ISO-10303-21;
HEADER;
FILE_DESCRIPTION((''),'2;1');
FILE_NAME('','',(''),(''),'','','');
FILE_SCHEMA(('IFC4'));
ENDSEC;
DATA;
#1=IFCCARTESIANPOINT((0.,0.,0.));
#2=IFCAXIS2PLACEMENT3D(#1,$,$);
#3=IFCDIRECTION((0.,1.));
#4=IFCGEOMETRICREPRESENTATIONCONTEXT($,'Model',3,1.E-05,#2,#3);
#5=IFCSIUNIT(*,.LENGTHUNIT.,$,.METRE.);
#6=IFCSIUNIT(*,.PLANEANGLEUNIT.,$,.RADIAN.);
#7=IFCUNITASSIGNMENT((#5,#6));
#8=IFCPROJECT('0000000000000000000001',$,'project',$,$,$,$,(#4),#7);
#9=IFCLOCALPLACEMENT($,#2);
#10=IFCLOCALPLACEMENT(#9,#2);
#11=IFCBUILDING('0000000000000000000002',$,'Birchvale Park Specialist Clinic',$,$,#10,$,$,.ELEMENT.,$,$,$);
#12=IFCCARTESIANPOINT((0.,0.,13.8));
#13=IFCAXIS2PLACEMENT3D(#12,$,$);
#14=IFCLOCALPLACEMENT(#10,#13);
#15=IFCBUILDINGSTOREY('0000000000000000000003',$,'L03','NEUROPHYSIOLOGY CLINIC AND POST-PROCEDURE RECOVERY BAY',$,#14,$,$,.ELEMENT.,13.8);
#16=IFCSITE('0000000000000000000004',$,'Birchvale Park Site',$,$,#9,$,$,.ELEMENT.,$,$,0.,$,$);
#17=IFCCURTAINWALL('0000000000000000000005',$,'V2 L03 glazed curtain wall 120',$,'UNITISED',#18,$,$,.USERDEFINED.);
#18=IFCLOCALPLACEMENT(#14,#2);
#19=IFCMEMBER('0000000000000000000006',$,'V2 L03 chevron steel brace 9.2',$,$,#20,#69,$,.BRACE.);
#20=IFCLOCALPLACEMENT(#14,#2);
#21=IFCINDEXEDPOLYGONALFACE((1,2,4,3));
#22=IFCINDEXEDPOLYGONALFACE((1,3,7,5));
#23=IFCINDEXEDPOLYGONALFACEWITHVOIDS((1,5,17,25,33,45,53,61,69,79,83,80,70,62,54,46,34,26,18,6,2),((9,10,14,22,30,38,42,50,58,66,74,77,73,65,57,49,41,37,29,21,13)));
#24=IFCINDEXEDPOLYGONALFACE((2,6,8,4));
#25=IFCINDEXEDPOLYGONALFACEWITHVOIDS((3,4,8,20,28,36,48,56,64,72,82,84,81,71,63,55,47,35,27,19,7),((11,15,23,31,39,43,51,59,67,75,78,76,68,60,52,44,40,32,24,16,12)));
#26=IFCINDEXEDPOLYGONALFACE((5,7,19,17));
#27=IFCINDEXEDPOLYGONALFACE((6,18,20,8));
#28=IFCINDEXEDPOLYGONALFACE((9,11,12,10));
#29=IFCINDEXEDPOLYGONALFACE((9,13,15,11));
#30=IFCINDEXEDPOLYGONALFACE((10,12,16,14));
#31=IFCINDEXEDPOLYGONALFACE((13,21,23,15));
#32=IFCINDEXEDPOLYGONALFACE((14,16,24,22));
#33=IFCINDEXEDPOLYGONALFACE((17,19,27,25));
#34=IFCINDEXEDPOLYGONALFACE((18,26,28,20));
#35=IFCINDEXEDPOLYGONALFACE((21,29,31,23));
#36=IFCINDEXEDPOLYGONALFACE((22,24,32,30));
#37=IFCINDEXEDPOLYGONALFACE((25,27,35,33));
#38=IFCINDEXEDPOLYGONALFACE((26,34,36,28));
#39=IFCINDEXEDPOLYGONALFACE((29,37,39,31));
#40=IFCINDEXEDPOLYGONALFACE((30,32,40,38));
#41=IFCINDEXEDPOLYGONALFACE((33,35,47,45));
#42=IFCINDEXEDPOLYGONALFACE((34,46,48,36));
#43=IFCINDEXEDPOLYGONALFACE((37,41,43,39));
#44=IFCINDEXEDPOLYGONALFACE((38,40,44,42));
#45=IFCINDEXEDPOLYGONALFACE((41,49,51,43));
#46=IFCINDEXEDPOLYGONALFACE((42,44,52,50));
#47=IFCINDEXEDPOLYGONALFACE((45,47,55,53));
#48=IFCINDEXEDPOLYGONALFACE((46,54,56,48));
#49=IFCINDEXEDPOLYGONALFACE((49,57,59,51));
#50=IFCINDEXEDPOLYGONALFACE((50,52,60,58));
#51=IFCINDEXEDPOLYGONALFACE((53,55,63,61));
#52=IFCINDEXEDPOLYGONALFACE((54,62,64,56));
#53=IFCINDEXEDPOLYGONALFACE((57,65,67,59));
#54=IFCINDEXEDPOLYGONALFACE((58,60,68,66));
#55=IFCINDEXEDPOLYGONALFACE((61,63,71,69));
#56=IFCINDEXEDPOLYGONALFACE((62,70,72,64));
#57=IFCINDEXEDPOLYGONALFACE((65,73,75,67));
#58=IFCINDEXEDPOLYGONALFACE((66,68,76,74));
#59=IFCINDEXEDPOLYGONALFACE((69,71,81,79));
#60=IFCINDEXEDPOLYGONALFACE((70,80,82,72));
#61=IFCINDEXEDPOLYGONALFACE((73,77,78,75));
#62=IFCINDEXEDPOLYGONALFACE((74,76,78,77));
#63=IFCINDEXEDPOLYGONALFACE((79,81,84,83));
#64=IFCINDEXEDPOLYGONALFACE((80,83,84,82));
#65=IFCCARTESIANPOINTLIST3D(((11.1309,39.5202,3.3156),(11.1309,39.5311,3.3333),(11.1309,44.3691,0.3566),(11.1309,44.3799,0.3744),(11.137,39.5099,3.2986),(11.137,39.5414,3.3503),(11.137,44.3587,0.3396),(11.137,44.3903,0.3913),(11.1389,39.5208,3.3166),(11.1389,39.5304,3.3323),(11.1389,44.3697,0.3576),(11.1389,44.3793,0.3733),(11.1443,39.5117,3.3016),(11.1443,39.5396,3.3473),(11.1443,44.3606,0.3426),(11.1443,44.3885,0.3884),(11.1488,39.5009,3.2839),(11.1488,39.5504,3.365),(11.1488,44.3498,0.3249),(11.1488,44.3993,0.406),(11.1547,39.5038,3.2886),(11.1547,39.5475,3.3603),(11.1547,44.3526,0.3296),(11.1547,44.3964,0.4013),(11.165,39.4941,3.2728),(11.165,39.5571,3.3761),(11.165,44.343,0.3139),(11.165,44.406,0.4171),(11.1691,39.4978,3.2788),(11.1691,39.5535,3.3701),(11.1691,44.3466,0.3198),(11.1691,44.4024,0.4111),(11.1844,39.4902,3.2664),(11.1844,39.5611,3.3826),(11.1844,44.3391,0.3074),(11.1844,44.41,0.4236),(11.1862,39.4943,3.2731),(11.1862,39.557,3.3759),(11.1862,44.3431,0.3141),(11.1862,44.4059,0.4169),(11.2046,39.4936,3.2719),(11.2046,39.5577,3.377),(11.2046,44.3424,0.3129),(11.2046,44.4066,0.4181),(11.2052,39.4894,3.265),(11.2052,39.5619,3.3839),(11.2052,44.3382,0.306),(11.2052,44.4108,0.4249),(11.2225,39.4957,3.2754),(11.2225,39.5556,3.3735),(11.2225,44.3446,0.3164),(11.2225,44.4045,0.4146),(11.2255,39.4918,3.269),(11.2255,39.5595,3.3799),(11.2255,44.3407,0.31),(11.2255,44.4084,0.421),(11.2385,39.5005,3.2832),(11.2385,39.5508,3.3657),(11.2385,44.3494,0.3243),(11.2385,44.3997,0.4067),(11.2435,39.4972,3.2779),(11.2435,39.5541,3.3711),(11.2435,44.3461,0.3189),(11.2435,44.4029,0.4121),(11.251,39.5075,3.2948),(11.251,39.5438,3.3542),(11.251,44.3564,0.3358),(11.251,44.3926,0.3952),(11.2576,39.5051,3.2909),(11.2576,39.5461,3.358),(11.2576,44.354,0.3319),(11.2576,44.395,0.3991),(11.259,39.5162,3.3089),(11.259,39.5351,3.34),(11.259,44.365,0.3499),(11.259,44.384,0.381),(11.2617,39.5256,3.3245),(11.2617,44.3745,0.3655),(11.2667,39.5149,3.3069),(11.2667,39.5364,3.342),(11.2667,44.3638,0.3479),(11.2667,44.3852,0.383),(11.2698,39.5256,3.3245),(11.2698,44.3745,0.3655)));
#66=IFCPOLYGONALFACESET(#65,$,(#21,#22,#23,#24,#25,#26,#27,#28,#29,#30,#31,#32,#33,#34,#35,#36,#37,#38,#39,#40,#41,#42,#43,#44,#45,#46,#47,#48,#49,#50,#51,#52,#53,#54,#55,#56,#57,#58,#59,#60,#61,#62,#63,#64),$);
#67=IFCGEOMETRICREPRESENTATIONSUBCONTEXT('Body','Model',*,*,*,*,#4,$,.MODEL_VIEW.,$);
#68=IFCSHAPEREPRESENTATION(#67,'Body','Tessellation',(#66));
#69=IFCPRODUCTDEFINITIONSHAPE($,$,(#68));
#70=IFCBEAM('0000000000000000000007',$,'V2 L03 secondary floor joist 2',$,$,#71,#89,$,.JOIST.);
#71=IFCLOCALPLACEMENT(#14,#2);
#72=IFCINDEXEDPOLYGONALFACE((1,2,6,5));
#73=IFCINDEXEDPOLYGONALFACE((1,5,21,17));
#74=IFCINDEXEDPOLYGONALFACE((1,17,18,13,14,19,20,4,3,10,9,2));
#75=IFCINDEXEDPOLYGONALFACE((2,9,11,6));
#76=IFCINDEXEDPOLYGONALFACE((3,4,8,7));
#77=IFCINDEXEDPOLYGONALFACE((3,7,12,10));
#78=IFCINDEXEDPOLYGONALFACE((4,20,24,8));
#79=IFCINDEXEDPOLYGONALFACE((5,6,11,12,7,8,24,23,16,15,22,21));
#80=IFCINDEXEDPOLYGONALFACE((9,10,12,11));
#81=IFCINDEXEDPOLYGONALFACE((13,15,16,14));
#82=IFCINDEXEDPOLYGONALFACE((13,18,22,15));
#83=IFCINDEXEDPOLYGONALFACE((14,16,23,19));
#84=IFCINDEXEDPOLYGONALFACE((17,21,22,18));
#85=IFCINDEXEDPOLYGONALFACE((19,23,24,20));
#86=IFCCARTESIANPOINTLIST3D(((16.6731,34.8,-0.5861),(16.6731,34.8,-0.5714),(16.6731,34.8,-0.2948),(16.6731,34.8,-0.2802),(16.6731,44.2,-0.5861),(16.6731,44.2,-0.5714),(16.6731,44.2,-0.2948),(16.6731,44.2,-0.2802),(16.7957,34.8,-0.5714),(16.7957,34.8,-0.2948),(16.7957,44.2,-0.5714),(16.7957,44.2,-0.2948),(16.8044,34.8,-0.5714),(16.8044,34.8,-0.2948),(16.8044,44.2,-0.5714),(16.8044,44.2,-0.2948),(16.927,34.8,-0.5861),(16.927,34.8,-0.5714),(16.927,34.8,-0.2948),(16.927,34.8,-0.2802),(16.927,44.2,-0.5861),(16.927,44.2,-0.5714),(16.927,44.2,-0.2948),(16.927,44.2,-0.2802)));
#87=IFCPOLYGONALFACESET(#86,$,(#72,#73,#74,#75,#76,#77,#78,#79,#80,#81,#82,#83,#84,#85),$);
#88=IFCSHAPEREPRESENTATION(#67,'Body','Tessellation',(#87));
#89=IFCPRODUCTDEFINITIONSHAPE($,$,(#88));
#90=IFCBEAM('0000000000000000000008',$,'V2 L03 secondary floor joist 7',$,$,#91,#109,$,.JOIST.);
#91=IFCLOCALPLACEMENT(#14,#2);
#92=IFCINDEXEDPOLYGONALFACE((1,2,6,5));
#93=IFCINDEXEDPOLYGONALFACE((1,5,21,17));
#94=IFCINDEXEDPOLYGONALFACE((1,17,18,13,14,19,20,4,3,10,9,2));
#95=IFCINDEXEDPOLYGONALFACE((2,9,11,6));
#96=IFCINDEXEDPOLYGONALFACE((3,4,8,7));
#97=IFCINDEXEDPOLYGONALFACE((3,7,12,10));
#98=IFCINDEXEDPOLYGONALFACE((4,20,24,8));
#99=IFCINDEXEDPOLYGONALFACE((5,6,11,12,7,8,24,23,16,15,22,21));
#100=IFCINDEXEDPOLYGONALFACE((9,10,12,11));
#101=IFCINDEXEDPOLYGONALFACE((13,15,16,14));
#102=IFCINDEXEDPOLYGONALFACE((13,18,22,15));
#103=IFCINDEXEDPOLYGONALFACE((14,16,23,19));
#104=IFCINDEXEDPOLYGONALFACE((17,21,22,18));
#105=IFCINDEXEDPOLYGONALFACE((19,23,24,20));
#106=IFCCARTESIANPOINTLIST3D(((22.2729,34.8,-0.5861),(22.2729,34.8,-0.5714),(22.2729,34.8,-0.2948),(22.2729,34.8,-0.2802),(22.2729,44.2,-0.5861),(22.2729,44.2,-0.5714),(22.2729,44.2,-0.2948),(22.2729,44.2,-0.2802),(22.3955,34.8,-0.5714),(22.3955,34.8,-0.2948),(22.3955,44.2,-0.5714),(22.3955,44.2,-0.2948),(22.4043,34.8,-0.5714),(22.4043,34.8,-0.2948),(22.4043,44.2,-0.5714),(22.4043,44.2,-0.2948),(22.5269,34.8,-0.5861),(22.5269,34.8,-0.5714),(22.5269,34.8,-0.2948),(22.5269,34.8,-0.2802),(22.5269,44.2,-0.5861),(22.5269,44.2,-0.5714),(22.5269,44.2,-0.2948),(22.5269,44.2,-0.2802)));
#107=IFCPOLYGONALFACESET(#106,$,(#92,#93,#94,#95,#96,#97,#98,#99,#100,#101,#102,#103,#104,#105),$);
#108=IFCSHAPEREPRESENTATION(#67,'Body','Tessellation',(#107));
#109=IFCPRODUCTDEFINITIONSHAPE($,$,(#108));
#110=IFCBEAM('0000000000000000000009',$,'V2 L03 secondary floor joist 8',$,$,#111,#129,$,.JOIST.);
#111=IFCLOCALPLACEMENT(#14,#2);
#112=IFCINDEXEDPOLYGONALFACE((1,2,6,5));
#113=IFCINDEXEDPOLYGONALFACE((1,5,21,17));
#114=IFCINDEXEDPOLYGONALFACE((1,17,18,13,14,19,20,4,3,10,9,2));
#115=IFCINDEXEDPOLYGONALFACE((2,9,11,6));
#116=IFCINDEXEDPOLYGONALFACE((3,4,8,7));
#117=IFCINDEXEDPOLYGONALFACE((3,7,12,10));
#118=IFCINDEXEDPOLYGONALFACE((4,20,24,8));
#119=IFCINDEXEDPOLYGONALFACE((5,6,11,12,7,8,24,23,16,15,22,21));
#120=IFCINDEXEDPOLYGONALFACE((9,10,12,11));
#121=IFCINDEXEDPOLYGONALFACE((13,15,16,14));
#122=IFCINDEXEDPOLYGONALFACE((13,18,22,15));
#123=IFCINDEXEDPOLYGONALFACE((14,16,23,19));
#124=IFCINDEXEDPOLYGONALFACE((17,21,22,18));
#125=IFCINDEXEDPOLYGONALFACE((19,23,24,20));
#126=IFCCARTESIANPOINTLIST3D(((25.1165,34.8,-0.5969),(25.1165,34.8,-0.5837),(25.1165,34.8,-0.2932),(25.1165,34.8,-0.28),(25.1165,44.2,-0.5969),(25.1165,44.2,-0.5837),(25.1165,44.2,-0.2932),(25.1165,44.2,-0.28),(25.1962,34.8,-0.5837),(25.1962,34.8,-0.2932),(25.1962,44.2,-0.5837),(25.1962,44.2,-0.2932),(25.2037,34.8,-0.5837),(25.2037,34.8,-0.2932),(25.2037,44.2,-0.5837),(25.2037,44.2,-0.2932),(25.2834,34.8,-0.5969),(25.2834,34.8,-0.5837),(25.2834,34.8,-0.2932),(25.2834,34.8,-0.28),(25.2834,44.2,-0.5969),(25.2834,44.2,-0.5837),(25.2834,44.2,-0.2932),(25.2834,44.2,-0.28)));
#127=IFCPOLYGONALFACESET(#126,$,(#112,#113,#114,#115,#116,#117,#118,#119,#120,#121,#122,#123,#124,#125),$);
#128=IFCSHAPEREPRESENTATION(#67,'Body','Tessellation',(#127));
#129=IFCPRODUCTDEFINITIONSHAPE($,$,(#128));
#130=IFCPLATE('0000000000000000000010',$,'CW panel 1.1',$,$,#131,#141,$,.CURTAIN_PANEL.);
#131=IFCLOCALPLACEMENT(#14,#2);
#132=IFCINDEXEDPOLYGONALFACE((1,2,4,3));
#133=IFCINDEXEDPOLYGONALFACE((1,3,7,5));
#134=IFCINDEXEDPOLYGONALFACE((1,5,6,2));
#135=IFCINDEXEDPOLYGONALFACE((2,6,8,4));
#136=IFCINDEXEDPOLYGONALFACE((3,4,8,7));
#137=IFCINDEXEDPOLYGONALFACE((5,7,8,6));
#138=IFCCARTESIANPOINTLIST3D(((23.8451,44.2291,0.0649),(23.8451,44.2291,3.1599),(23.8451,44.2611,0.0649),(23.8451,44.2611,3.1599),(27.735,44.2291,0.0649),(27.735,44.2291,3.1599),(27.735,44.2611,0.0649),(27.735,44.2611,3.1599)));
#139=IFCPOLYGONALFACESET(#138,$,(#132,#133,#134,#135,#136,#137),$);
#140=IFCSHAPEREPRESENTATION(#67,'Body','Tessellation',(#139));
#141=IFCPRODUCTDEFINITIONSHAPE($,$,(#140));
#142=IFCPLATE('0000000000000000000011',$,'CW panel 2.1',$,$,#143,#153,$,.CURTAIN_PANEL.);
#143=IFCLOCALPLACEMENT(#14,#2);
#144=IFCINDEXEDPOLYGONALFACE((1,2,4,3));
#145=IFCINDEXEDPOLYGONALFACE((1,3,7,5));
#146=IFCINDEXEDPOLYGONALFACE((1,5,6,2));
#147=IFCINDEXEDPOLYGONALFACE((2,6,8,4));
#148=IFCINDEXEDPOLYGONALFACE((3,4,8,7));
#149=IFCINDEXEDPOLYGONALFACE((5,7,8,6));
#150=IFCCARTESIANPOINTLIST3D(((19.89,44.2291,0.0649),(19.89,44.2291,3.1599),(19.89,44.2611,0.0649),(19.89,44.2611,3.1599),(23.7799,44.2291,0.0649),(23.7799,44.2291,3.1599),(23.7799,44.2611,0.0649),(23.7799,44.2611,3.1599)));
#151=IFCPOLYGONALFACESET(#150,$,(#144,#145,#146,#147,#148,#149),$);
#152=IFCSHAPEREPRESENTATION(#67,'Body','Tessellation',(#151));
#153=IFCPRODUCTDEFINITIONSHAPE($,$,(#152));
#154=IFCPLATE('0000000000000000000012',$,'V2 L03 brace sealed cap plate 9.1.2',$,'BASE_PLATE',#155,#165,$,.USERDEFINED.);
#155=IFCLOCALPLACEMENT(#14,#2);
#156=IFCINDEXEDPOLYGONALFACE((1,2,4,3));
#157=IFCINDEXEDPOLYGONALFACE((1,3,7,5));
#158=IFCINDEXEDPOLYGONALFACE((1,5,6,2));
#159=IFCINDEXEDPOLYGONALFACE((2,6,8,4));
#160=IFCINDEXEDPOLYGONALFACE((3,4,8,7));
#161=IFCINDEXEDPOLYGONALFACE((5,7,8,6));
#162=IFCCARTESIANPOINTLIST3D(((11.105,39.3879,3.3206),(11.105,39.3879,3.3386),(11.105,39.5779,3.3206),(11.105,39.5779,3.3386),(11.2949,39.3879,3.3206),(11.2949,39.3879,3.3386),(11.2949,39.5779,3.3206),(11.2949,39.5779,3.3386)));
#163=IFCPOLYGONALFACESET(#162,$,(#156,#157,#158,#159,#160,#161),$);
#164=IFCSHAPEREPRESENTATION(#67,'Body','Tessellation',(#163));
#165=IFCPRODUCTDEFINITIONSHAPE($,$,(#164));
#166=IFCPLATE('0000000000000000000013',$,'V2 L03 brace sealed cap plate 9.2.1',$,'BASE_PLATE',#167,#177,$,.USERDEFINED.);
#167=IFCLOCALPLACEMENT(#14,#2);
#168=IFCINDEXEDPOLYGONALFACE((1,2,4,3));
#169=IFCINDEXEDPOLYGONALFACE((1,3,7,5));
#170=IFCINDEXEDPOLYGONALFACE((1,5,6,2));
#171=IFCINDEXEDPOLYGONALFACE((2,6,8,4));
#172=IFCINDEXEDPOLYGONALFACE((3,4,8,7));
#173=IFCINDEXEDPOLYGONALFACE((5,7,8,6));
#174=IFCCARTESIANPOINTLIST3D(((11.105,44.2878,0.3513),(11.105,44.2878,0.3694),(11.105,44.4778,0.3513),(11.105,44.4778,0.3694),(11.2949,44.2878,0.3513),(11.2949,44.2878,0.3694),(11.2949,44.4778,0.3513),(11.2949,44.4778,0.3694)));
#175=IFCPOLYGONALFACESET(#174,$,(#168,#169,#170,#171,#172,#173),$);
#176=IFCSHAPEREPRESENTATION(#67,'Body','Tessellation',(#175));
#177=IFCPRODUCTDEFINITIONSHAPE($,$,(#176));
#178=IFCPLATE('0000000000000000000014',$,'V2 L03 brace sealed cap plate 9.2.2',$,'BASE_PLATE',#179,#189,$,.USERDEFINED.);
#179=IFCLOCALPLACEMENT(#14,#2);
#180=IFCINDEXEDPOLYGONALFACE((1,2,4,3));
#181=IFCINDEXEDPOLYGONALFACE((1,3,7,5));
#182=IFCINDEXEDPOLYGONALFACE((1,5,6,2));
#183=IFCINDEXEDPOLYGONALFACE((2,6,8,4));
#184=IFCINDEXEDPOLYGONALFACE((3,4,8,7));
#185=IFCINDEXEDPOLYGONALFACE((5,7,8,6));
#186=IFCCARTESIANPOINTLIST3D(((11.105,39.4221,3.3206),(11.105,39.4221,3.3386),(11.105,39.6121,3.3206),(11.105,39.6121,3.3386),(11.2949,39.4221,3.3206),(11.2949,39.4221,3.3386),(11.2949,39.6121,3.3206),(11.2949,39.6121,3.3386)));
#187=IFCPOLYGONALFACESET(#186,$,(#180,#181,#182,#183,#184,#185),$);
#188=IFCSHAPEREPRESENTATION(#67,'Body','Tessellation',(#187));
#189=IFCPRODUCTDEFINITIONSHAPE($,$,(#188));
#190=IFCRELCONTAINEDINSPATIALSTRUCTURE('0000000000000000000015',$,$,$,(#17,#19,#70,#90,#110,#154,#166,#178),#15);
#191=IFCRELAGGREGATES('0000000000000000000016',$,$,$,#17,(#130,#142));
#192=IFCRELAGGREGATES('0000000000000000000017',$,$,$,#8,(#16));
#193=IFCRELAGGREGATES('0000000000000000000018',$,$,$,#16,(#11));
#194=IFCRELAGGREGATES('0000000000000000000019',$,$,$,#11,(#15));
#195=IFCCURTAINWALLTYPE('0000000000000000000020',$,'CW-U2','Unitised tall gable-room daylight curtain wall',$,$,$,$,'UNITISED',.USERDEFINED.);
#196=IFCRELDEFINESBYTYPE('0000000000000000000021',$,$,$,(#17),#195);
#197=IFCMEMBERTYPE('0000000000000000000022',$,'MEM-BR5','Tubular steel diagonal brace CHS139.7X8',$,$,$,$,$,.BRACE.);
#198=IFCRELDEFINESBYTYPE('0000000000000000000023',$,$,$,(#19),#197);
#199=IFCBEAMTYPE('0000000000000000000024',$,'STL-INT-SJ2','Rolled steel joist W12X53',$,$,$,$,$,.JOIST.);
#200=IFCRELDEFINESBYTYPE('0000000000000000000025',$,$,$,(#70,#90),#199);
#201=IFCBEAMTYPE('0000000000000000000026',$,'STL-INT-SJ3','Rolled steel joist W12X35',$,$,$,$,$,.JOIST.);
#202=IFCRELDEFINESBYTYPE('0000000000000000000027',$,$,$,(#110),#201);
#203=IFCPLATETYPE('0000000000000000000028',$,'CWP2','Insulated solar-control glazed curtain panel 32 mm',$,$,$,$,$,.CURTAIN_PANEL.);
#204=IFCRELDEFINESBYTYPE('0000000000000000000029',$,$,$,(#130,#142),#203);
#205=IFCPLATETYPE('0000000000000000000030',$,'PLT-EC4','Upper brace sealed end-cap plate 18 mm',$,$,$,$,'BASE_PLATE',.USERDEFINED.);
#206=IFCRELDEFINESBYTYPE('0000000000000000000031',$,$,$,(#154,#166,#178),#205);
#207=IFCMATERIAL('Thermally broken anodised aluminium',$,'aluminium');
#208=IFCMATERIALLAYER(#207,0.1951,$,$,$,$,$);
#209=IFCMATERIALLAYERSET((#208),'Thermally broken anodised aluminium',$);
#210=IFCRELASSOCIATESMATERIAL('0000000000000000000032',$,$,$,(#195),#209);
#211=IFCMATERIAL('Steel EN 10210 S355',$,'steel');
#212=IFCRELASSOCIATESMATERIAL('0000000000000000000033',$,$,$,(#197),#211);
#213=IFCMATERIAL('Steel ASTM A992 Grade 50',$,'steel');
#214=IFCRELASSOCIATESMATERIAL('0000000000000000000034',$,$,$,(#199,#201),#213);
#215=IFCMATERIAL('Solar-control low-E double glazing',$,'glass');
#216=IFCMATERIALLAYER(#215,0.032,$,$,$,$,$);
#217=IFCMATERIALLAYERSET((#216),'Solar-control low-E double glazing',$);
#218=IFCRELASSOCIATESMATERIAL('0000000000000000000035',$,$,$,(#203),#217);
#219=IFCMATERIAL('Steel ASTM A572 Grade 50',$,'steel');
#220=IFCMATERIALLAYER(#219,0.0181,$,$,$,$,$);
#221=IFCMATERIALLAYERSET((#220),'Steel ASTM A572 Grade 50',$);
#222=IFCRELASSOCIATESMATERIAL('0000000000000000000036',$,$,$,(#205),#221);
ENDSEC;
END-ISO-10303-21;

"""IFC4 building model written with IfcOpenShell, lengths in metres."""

from ifc_helpers import new_model, si_unit, direction, frame, origin, origin_2d, place, context, subcontext, project, spatial, rectangle, hollow_circle, i_section, extrude, material, layer, layer_set, material_profile, profile_set, type_object, element, aggregate, save


model = new_model("IFC4")

# Units and contexts
model_context = context("Model", 3, precision=1e-05, world=origin(), true_north=direction((0.0, 1.0)))
body_context = subcontext(model_context, "Body", "Model", "MODEL_VIEW")
ifc_project = project(units=[si_unit("LENGTHUNIT", "METRE"), si_unit("PLANEANGLEUNIT", "RADIAN")], contexts=[model_context])

# Site, building, storey
site_placement = place(None, origin())
site = spatial("IfcSite", under=ifc_project, at=site_placement, Name="Birchvale Park Site", CompositionType="ELEMENT", RefElevation=0.0)
building_placement = place(site_placement, origin())
building = spatial("IfcBuilding", under=site, at=building_placement, Name="Birchvale Park Specialist Clinic", CompositionType="ELEMENT")
storey_placement = place(building_placement, frame((0.0, 0.0, 13.8)))
storey = spatial("IfcBuildingStorey", under=building, at=storey_placement, Name="L03", Description="NEUROPHYSIOLOGY CLINIC AND POST-PROCEDURE RECOVERY BAY", CompositionType="ELEMENT", Elevation=13.8)

# Curtain wall
ifc_material_1 = material(Name="Thermally broken anodised aluminium", Category="aluminium")
ifc_layer_1 = layer(ifc_material_1, 0.1951)
ifc_layer_set_1 = layer_set([ifc_layer_1], Name="Thermally broken anodised aluminium")
curtain_wall_type = type_object("IfcCurtainWallType", Name="CW-U2", Description="Unitised tall gable-room daylight curtain wall", ElementType="UNITISED", PredefinedType="USERDEFINED", material=ifc_layer_set_1)
curtain_wall_placement = place(storey_placement, origin())
curtain_wall = element("IfcCurtainWall", 1, at=curtain_wall_placement, inside=storey, type_object=curtain_wall_type, Name="V2 L03 glazed curtain wall 120", ObjectType="UNITISED", PredefinedType="USERDEFINED")

# Member
ifc_material_2 = material(Name="Steel EN 10210 S355", Category="steel")
ifc_material_profile_1 = material_profile(ifc_material_2, hollow_circle(Radius=0.0698, WallThickness=0.0081, at=origin_2d()), Name="CHS139.7X8")
ifc_profile_set_1 = profile_set([ifc_material_profile_1], Name="Steel EN 10210 S355")
member_type_1 = type_object("IfcMemberType", Name="MEM-BR5", Description="Tubular steel diagonal brace CHS139.7X8", PredefinedType="BRACE", material=ifc_profile_set_1)
member_1_placement = place(storey_placement, frame((11.2, 44.3745, 0.3655), z_axis=(0.0, -0.853612, 0.520909), x_axis=(1.0, 0.0, 0.0)))
element("IfcMember", 2, at=member_1_placement, inside=storey, type_object=member_type_1, Name="V2 L03 chevron steel brace 9.2", PredefinedType="BRACE", context=body_context, shape_type="SweptSolid", body=[
    extrude(hollow_circle(Radius=0.0698, WallThickness=0.0081, at=origin_2d()), origin(), (0.0, 0.0, 1.0), 5.6804),
])

# Beams
ifc_material_3 = material(Name="Steel ASTM A992 Grade 50", Category="steel")
ifc_material_profile_2 = material_profile(ifc_material_3, i_section(OverallWidth=0.2539, OverallDepth=0.3059, WebThickness=0.0088, FlangeThickness=0.0146, at=origin_2d()), Name="W12X53")
ifc_profile_set_2 = profile_set([ifc_material_profile_2], Name="Steel ASTM A992 Grade 50")
beam_type_1 = type_object("IfcBeamType", Name="STL-INT-SJ2", Description="Rolled steel joist W12X53", PredefinedType="JOIST", material=ifc_profile_set_2)
for number, where, z_axis, x_axis, name in (
    (3, (16.8, 34.8, -0.4331), (0.0, 1.0, 0.0), (-1.0, 0.0, 0.0), "V2 L03 secondary floor joist 2"),
    (4, (22.3999, 34.8, -0.4331), (0.0, 1.0, 0.0), (-1.0, 0.0, 0.0), "V2 L03 secondary floor joist 7"),
):
    element("IfcBeam", number, at=place(storey_placement, frame(where, z_axis=z_axis, x_axis=x_axis)), inside=storey, type_object=beam_type_1, Name=name, PredefinedType="JOIST", context=body_context, shape_type="SweptSolid", body=[
        extrude(i_section(OverallWidth=0.2539, OverallDepth=0.3059, WebThickness=0.0088, FlangeThickness=0.0146, at=origin_2d()), origin(), (0.0, 0.0, 1.0), 9.3999),
    ])
ifc_material_profile_3 = material_profile(ifc_material_3, i_section(OverallWidth=0.167, OverallDepth=0.3169, WebThickness=0.0076, FlangeThickness=0.0132, at=origin_2d()), Name="W12X35")
ifc_profile_set_3 = profile_set([ifc_material_profile_3], Name="Steel ASTM A992 Grade 50")
beam_type_2 = type_object("IfcBeamType", Name="STL-INT-SJ3", Description="Rolled steel joist W12X35", PredefinedType="JOIST", material=ifc_profile_set_3)
beam_1_placement = place(storey_placement, frame((25.2, 34.8, -0.4385), z_axis=(0.0, 1.0, 0.0), x_axis=(-1.0, 0.0, 0.0)))
element("IfcBeam", 5, at=beam_1_placement, inside=storey, type_object=beam_type_2, Name="V2 L03 secondary floor joist 8", PredefinedType="JOIST", context=body_context, shape_type="SweptSolid", body=[
    extrude(i_section(OverallWidth=0.167, OverallDepth=0.3169, WebThickness=0.0076, FlangeThickness=0.0132, at=origin_2d()), origin(), (0.0, 0.0, 1.0), 9.3999),
])

# Plates
ifc_material_4 = material(Name="Solar-control low-E double glazing", Category="glass")
ifc_layer_2 = layer(ifc_material_4, 0.032)
ifc_layer_set_2 = layer_set([ifc_layer_2], Name="Solar-control low-E double glazing")
plate_type_1 = type_object("IfcPlateType", Name="CWP2", Description="Insulated solar-control glazed curtain panel 32 mm", PredefinedType="CURTAIN_PANEL", material=ifc_layer_set_2)
plate_1_placement = place(storey_placement, frame((25.79, 44.2451, 0.0649), z_axis=(0.0, 0.0, 1.0), x_axis=(-1.0, 0.0, 0.0)))
plate_1 = element("IfcPlate", 6, at=plate_1_placement, type_object=plate_type_1, Name="CW panel 1.1", PredefinedType="CURTAIN_PANEL", context=body_context, shape_type="SweptSolid", body=[
    extrude(rectangle(XDim=3.8899, YDim=0.032, at=origin_2d()), origin(), (0.0, 0.0, 1.0), 3.095),
])
plate_2_placement = place(storey_placement, frame((21.835, 44.2451, 0.0649), z_axis=(0.0, 0.0, 1.0), x_axis=(-1.0, 0.0, 0.0)))
plate_2 = element("IfcPlate", 7, at=plate_2_placement, type_object=plate_type_1, Name="CW panel 2.1", PredefinedType="CURTAIN_PANEL", context=body_context, shape_type="SweptSolid", body=[
    extrude(rectangle(XDim=3.8899, YDim=0.032, at=origin_2d()), origin(), (0.0, 0.0, 1.0), 3.095),
])
aggregate(curtain_wall, [plate_1, plate_2])

# Plates
ifc_material_5 = material(Name="Steel ASTM A572 Grade 50", Category="steel")
ifc_layer_3 = layer(ifc_material_5, 0.0181)
ifc_layer_set_3 = layer_set([ifc_layer_3], Name="Steel ASTM A572 Grade 50")
plate_type_2 = type_object("IfcPlateType", Name="PLT-EC4", Description="Upper brace sealed end-cap plate 18 mm", ElementType="BASE_PLATE", PredefinedType="USERDEFINED", material=ifc_layer_set_3)
for number, where, z_axis, x_axis, name in (
    (8, (11.2, 39.4829, 3.3206), (0.0, 0.0, 1.0), (1.0, 0.0, 0.0), "V2 L03 brace sealed cap plate 9.1.2"),
    (9, (11.2, 44.3828, 0.3513), (0.0, 0.0, 1.0), (1.0, 0.0, 0.0), "V2 L03 brace sealed cap plate 9.2.1"),
    (10, (11.2, 39.5171, 3.3206), (0.0, 0.0, 1.0), (1.0, 0.0, 0.0), "V2 L03 brace sealed cap plate 9.2.2"),
):
    element("IfcPlate", number, at=place(storey_placement, frame(where, z_axis=z_axis, x_axis=x_axis)), inside=storey, type_object=plate_type_2, Name=name, ObjectType="BASE_PLATE", PredefinedType="USERDEFINED", context=body_context, shape_type="SweptSolid", body=[
        extrude(rectangle(XDim=0.1899, YDim=0.1899, at=origin_2d()), origin(), (0.0, 0.0, 1.0), 0.0181),
    ])

save(model, "model.ifc")
